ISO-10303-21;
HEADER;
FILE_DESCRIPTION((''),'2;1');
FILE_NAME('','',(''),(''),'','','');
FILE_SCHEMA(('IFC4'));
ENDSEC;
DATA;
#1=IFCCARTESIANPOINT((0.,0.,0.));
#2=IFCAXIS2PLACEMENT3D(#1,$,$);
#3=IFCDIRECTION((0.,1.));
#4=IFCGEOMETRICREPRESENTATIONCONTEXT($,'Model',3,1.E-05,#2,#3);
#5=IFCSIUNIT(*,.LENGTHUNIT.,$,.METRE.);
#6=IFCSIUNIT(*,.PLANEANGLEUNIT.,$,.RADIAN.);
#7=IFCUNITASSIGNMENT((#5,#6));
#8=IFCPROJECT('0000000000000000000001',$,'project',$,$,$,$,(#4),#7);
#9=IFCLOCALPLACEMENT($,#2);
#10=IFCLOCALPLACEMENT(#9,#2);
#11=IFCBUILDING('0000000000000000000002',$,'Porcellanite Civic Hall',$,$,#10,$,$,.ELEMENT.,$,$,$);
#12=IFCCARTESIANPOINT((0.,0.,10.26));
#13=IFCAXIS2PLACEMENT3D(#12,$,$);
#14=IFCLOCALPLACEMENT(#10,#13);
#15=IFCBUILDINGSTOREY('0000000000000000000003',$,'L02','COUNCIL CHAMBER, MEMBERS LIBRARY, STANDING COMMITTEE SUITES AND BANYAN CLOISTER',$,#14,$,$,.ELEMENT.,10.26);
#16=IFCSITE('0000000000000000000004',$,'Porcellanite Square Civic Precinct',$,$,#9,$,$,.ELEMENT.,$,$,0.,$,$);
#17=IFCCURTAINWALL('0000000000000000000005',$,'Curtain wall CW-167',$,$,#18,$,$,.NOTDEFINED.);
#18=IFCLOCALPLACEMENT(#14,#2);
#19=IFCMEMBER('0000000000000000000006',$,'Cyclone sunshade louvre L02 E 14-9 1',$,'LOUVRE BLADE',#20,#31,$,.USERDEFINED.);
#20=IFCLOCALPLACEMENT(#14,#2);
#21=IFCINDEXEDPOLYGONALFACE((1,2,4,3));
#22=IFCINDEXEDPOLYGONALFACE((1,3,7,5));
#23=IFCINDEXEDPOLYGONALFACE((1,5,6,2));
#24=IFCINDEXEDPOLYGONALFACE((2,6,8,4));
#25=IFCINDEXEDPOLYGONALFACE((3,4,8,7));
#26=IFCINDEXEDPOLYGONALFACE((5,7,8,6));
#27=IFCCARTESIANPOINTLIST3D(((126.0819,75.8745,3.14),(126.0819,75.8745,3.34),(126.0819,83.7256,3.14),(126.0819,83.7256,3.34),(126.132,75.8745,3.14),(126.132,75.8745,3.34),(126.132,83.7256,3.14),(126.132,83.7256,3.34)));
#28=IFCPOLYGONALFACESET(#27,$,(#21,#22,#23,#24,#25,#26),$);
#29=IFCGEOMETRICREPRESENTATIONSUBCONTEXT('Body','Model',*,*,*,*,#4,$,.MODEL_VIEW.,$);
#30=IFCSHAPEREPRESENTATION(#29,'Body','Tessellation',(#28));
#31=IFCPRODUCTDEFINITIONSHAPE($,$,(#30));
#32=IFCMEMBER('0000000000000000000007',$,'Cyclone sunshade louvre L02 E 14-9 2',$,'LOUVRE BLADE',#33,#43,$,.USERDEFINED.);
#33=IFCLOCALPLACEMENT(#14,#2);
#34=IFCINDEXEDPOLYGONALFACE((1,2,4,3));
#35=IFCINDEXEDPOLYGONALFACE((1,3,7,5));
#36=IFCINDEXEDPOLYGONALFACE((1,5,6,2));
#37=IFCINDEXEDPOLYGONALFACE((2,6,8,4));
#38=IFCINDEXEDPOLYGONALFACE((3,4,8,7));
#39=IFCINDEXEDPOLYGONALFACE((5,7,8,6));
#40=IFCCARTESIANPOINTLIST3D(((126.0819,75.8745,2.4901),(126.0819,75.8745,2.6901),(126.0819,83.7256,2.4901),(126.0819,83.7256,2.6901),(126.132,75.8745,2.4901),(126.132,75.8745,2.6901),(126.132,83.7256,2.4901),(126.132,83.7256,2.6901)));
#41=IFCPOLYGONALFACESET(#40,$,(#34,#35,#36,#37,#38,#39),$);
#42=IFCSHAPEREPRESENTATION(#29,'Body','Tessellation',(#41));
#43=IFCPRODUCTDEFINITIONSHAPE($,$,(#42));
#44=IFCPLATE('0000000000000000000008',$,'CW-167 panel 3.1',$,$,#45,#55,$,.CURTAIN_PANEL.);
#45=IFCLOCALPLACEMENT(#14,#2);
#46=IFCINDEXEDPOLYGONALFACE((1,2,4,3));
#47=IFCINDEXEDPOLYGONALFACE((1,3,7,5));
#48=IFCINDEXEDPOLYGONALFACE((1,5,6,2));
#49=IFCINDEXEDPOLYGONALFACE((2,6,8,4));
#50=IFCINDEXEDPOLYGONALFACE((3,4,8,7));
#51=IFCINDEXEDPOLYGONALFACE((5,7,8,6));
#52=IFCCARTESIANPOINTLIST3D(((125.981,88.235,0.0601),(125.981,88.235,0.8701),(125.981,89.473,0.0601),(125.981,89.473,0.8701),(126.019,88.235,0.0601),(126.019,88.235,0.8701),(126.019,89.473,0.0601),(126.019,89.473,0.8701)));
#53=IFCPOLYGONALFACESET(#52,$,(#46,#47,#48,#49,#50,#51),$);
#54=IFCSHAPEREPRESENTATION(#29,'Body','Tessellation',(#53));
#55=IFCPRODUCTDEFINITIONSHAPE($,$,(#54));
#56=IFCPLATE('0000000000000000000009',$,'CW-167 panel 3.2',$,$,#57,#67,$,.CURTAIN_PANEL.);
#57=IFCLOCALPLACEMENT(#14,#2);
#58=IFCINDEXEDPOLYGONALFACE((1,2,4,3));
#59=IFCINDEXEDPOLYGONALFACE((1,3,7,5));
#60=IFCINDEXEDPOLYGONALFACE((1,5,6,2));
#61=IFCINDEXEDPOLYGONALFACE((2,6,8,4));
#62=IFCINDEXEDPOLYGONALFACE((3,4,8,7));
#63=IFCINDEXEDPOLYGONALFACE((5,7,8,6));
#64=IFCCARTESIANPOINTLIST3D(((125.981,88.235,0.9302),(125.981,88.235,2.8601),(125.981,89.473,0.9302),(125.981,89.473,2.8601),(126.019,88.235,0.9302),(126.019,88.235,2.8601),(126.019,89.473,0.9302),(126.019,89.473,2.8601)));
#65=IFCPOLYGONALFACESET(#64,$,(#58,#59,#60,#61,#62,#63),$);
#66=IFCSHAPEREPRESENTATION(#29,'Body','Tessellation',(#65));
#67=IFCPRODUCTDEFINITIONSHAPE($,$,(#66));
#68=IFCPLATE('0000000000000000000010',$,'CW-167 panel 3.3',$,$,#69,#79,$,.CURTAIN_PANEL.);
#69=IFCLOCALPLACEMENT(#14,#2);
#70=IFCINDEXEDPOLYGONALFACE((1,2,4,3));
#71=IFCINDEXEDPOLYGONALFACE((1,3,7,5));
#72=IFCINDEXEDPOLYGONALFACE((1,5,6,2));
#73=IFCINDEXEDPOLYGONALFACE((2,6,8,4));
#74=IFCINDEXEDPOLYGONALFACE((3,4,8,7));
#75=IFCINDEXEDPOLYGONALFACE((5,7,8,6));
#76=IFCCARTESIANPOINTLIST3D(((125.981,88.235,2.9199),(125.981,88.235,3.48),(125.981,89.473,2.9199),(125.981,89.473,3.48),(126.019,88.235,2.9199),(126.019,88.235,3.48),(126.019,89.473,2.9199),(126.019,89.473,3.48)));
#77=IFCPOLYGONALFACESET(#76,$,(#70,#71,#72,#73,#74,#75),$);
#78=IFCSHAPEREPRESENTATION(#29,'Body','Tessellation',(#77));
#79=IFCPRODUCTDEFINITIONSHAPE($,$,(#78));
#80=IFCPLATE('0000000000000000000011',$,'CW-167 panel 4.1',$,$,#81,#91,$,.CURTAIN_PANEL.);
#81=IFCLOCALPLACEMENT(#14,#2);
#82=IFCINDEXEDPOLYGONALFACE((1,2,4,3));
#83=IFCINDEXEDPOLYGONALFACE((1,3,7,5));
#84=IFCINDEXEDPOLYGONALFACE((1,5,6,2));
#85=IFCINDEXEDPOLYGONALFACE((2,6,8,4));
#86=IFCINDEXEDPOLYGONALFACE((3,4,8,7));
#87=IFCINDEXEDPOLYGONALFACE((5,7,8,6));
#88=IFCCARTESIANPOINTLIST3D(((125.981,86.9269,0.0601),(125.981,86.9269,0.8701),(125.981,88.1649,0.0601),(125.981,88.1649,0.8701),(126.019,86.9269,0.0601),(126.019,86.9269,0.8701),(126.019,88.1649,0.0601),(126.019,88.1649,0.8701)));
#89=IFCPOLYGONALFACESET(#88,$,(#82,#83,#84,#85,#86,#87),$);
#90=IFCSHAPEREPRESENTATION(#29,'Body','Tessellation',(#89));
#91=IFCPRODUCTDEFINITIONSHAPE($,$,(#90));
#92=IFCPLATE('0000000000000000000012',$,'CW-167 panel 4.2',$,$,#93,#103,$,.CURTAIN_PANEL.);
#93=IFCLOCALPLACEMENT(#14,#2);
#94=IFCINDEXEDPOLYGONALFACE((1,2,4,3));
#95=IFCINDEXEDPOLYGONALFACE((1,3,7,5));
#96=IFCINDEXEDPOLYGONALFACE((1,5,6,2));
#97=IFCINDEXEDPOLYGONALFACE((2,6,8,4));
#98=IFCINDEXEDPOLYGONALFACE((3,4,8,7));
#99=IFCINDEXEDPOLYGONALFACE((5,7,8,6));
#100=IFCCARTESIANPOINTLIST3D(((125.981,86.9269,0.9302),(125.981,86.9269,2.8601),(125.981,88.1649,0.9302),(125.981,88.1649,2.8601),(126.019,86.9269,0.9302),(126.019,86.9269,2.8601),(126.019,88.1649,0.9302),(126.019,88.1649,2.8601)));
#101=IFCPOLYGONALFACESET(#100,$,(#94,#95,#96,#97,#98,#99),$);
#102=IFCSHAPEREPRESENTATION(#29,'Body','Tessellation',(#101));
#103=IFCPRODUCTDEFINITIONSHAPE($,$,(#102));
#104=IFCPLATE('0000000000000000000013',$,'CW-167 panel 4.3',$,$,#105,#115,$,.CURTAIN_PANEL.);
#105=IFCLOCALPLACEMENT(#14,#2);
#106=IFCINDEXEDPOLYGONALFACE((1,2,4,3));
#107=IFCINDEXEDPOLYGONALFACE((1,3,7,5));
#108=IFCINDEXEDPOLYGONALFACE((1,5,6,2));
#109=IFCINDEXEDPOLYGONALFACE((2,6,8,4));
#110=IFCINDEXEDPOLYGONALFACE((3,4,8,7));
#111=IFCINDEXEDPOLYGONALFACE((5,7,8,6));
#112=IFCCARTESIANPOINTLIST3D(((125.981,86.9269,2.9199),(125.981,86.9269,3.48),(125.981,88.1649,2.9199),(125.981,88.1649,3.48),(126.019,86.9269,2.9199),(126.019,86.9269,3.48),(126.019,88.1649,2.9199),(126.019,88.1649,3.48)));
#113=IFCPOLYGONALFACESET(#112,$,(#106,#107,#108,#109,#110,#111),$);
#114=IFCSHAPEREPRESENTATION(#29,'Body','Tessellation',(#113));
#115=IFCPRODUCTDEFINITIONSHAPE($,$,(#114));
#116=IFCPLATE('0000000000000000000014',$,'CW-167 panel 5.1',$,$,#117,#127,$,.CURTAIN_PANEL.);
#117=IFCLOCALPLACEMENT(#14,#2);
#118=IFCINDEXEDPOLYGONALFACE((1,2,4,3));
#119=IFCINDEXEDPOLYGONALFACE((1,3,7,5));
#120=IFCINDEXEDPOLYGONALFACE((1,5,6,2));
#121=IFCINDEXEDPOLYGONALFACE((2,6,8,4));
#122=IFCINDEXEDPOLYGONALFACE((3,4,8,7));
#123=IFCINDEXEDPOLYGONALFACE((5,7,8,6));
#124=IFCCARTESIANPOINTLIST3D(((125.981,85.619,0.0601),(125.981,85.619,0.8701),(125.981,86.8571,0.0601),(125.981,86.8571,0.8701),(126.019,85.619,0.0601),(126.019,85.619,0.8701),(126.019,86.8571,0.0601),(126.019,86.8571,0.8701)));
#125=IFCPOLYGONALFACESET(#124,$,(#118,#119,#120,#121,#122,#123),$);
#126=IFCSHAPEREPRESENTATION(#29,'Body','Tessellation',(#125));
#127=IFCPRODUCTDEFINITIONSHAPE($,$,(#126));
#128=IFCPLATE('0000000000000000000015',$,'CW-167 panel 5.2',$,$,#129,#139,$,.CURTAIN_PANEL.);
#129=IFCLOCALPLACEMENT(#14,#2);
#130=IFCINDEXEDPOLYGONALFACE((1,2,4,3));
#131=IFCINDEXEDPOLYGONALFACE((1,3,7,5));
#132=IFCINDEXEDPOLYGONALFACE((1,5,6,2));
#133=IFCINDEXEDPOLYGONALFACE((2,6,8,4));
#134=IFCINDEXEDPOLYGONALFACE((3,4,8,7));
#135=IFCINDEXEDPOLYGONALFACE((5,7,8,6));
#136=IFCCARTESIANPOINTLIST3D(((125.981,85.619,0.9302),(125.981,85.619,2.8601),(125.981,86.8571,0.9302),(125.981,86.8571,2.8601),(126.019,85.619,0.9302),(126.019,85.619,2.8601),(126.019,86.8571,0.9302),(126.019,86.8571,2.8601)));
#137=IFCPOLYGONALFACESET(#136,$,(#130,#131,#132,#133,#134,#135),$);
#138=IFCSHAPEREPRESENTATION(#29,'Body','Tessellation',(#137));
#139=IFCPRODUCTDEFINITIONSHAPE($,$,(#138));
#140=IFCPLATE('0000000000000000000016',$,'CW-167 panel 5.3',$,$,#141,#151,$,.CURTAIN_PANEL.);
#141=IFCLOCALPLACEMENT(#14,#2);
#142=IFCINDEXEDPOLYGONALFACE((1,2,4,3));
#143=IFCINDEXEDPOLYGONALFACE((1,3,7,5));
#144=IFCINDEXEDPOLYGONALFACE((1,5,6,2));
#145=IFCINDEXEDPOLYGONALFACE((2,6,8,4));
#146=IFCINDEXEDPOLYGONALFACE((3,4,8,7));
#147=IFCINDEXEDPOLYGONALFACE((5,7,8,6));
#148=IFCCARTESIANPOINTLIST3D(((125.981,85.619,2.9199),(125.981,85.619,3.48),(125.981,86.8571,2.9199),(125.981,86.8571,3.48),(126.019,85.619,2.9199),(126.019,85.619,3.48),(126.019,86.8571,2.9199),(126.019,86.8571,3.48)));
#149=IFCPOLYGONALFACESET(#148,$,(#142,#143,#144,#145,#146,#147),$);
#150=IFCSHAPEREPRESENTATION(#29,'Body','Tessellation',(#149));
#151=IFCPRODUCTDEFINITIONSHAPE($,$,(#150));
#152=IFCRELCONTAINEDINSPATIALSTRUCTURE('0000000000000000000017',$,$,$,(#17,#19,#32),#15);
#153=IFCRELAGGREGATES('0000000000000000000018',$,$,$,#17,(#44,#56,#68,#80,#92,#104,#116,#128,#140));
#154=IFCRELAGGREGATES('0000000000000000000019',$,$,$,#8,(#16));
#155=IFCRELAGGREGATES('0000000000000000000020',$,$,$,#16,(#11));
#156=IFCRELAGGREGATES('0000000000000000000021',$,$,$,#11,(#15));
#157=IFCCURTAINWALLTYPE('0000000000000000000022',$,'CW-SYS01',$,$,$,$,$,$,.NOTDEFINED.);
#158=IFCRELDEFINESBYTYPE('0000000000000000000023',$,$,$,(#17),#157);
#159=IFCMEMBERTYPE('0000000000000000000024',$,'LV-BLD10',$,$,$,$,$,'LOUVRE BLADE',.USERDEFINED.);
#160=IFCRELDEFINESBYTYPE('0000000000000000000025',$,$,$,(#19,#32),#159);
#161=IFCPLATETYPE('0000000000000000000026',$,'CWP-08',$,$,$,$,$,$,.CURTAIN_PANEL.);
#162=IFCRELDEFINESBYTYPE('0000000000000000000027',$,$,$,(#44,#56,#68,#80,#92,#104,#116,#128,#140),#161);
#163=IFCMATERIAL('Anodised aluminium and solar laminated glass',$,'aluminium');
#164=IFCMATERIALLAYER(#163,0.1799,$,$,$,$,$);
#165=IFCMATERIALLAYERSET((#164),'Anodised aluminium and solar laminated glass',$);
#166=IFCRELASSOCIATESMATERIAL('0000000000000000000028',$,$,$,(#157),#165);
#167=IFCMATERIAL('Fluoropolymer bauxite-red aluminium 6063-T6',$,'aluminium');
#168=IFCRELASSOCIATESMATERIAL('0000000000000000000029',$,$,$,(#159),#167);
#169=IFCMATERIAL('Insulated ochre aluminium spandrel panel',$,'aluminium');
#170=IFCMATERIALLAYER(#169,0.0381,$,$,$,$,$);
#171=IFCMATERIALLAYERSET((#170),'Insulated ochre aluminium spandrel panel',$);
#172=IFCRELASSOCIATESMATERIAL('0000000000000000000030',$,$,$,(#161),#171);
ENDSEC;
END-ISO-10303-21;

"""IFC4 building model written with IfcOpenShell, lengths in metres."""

from ifc_helpers import new_model, si_unit, direction, frame, origin, origin_2d, place, context, subcontext, project, spatial, rectangle, extrude, material, layer, layer_set, material_profile, profile_set, type_object, element, aggregate, save


model = new_model("IFC4")

# Units and contexts
model_context = context("Model", 3, precision=1e-05, world=origin(), true_north=direction((0.0, 1.0)))
body_context = subcontext(model_context, "Body", "Model", "MODEL_VIEW")
ifc_project = project(units=[si_unit("LENGTHUNIT", "METRE"), si_unit("PLANEANGLEUNIT", "RADIAN")], contexts=[model_context])

# Site, building, storey
site_placement = place(None, origin())
site = spatial("IfcSite", under=ifc_project, at=site_placement, Name="Porcellanite Square Civic Precinct", CompositionType="ELEMENT", RefElevation=0.0)
building_placement = place(site_placement, origin())
building = spatial("IfcBuilding", under=site, at=building_placement, Name="Porcellanite Civic Hall", CompositionType="ELEMENT")
storey_placement = place(building_placement, frame((0.0, 0.0, 10.26)))
storey = spatial("IfcBuildingStorey", under=building, at=storey_placement, Name="L02", Description="COUNCIL CHAMBER, MEMBERS LIBRARY, STANDING COMMITTEE SUITES AND BANYAN CLOISTER", CompositionType="ELEMENT", Elevation=10.26)

# Curtain wall
ifc_material_1 = material(Name="Anodised aluminium and solar laminated glass", Category="aluminium")
ifc_layer_1 = layer(ifc_material_1, 0.1799)
ifc_layer_set_1 = layer_set([ifc_layer_1], Name="Anodised aluminium and solar laminated glass")
curtain_wall_type = type_object("IfcCurtainWallType", Name="CW-SYS01", PredefinedType="NOTDEFINED", material=ifc_layer_set_1)
curtain_wall_placement = place(storey_placement, origin())
curtain_wall = element("IfcCurtainWall", 1, at=curtain_wall_placement, inside=storey, type_object=curtain_wall_type, Name="Curtain wall CW-167", PredefinedType="NOTDEFINED")

# Members
ifc_material_2 = material(Name="Fluoropolymer bauxite-red aluminium 6063-T6", Category="aluminium")
ifc_material_profile_1 = material_profile(ifc_material_2, rectangle(XDim=0.05, YDim=0.2, at=origin_2d()), Name="AL-50x200")
ifc_profile_set_1 = profile_set([ifc_material_profile_1], Name="Fluoropolymer bauxite-red aluminium 6063-T6")
member_type_1 = type_object("IfcMemberType", Name="LV-BLD10", ElementType="LOUVRE BLADE", PredefinedType="USERDEFINED", material=ifc_profile_set_1)
for number, where, z_axis, x_axis, name in (
    (2, (126.1069, 83.7256, 3.24), (0.0, -1.0, 0.0), (1.0, 0.0, 0.0), "Cyclone sunshade louvre L02 E 14-9 1"),
    (3, (126.1069, 83.7256, 2.5901), (0.0, -1.0, 0.0), (1.0, 0.0, 0.0), "Cyclone sunshade louvre L02 E 14-9 2"),
):
    element("IfcMember", number, at=place(storey_placement, frame(where, z_axis=z_axis, x_axis=x_axis)), inside=storey, type_object=member_type_1, Name=name, ObjectType="LOUVRE BLADE", PredefinedType="USERDEFINED", context=body_context, shape_type="SweptSolid", body=[
        extrude(rectangle(XDim=0.05, YDim=0.2, at=origin_2d()), origin(), (0.0, 0.0, 1.0), 7.8511),
    ])

# Plates
ifc_material_3 = material(Name="Insulated ochre aluminium spandrel panel", Category="aluminium")
ifc_layer_2 = layer(ifc_material_3, 0.0381)
ifc_layer_set_2 = layer_set([ifc_layer_2], Name="Insulated ochre aluminium spandrel panel")
plate_type = type_object("IfcPlateType", Name="CWP-08", PredefinedType="CURTAIN_PANEL", material=ifc_layer_set_2)
plate_1_placement = place(storey_placement, frame((126.0, 88.854, 0.0601), z_axis=(0.0, 0.0, 1.0), x_axis=(0.0, -1.0, 0.0)))
plate_1 = element("IfcPlate", 4, at=plate_1_placement, type_object=plate_type, Name="CW-167 panel 3.1", PredefinedType="CURTAIN_PANEL", context=body_context, shape_type="SweptSolid", body=[
    extrude(rectangle(XDim=1.238, YDim=0.0381, at=origin_2d()), origin(), (0.0, 0.0, 1.0), 0.8101),
])
plate_2_placement = place(storey_placement, frame((126.0, 88.854, 0.9302), z_axis=(0.0, 0.0, 1.0), x_axis=(0.0, -1.0, 0.0)))
plate_2 = element("IfcPlate", 5, at=plate_2_placement, type_object=plate_type, Name="CW-167 panel 3.2", PredefinedType="CURTAIN_PANEL", context=body_context, shape_type="SweptSolid", body=[
    extrude(rectangle(XDim=1.238, YDim=0.0381, at=origin_2d()), origin(), (0.0, 0.0, 1.0), 1.9299),
])
plate_3_placement = place(storey_placement, frame((126.0, 88.854, 2.9199), z_axis=(0.0, 0.0, 1.0), x_axis=(0.0, -1.0, 0.0)))
plate_3 = element("IfcPlate", 6, at=plate_3_placement, type_object=plate_type, Name="CW-167 panel 3.3", PredefinedType="CURTAIN_PANEL", context=body_context, shape_type="SweptSolid", body=[
    extrude(rectangle(XDim=1.238, YDim=0.0381, at=origin_2d()), origin(), (0.0, 0.0, 1.0), 0.5601),
])
plate_4_placement = place(storey_placement, frame((126.0, 87.5459, 0.0601), z_axis=(0.0, 0.0, 1.0), x_axis=(0.0, -1.0, 0.0)))
plate_4 = element("IfcPlate", 7, at=plate_4_placement, type_object=plate_type, Name="CW-167 panel 4.1", PredefinedType="CURTAIN_PANEL", context=body_context, shape_type="SweptSolid", body=[
    extrude(rectangle(XDim=1.238, YDim=0.0381, at=origin_2d()), origin(), (0.0, 0.0, 1.0), 0.8101),
])
plate_5_placement = place(storey_placement, frame((126.0, 87.5459, 0.9302), z_axis=(0.0, 0.0, 1.0), x_axis=(0.0, -1.0, 0.0)))
plate_5 = element("IfcPlate", 8, at=plate_5_placement, type_object=plate_type, Name="CW-167 panel 4.2", PredefinedType="CURTAIN_PANEL", context=body_context, shape_type="SweptSolid", body=[
    extrude(rectangle(XDim=1.238, YDim=0.0381, at=origin_2d()), origin(), (0.0, 0.0, 1.0), 1.9299),
])
plate_6_placement = place(storey_placement, frame((126.0, 87.5459, 2.9199), z_axis=(0.0, 0.0, 1.0), x_axis=(0.0, -1.0, 0.0)))
plate_6 = element("IfcPlate", 9, at=plate_6_placement, type_object=plate_type, Name="CW-167 panel 4.3", PredefinedType="CURTAIN_PANEL", context=body_context, shape_type="SweptSolid", body=[
    extrude(rectangle(XDim=1.238, YDim=0.0381, at=origin_2d()), origin(), (0.0, 0.0, 1.0), 0.5601),
])
plate_7_placement = place(storey_placement, frame((126.0, 86.238, 0.0601), z_axis=(0.0, 0.0, 1.0), x_axis=(0.0, -1.0, 0.0)))
plate_7 = element("IfcPlate", 10, at=plate_7_placement, type_object=plate_type, Name="CW-167 panel 5.1", PredefinedType="CURTAIN_PANEL", context=body_context, shape_type="SweptSolid", body=[
    extrude(rectangle(XDim=1.238, YDim=0.0381, at=origin_2d()), origin(), (0.0, 0.0, 1.0), 0.8101),
])
plate_8_placement = place(storey_placement, frame((126.0, 86.238, 0.9302), z_axis=(0.0, 0.0, 1.0), x_axis=(0.0, -1.0, 0.0)))
plate_8 = element("IfcPlate", 11, at=plate_8_placement, type_object=plate_type, Name="CW-167 panel 5.2", PredefinedType="CURTAIN_PANEL", context=body_context, shape_type="SweptSolid", body=[
    extrude(rectangle(XDim=1.238, YDim=0.0381, at=origin_2d()), origin(), (0.0, 0.0, 1.0), 1.9299),
])
plate_9_placement = place(storey_placement, frame((126.0, 86.238, 2.9199), z_axis=(0.0, 0.0, 1.0), x_axis=(0.0, -1.0, 0.0)))
plate_9 = element("IfcPlate", 12, at=plate_9_placement, type_object=plate_type, Name="CW-167 panel 5.3", PredefinedType="CURTAIN_PANEL", context=body_context, shape_type="SweptSolid", body=[
    extrude(rectangle(XDim=1.238, YDim=0.0381, at=origin_2d()), origin(), (0.0, 0.0, 1.0), 0.5601),
])
aggregate(curtain_wall, [plate_1, plate_2, plate_3, plate_4, plate_5, plate_6, plate_7, plate_8, plate_9])

save(model, "model.ifc")
